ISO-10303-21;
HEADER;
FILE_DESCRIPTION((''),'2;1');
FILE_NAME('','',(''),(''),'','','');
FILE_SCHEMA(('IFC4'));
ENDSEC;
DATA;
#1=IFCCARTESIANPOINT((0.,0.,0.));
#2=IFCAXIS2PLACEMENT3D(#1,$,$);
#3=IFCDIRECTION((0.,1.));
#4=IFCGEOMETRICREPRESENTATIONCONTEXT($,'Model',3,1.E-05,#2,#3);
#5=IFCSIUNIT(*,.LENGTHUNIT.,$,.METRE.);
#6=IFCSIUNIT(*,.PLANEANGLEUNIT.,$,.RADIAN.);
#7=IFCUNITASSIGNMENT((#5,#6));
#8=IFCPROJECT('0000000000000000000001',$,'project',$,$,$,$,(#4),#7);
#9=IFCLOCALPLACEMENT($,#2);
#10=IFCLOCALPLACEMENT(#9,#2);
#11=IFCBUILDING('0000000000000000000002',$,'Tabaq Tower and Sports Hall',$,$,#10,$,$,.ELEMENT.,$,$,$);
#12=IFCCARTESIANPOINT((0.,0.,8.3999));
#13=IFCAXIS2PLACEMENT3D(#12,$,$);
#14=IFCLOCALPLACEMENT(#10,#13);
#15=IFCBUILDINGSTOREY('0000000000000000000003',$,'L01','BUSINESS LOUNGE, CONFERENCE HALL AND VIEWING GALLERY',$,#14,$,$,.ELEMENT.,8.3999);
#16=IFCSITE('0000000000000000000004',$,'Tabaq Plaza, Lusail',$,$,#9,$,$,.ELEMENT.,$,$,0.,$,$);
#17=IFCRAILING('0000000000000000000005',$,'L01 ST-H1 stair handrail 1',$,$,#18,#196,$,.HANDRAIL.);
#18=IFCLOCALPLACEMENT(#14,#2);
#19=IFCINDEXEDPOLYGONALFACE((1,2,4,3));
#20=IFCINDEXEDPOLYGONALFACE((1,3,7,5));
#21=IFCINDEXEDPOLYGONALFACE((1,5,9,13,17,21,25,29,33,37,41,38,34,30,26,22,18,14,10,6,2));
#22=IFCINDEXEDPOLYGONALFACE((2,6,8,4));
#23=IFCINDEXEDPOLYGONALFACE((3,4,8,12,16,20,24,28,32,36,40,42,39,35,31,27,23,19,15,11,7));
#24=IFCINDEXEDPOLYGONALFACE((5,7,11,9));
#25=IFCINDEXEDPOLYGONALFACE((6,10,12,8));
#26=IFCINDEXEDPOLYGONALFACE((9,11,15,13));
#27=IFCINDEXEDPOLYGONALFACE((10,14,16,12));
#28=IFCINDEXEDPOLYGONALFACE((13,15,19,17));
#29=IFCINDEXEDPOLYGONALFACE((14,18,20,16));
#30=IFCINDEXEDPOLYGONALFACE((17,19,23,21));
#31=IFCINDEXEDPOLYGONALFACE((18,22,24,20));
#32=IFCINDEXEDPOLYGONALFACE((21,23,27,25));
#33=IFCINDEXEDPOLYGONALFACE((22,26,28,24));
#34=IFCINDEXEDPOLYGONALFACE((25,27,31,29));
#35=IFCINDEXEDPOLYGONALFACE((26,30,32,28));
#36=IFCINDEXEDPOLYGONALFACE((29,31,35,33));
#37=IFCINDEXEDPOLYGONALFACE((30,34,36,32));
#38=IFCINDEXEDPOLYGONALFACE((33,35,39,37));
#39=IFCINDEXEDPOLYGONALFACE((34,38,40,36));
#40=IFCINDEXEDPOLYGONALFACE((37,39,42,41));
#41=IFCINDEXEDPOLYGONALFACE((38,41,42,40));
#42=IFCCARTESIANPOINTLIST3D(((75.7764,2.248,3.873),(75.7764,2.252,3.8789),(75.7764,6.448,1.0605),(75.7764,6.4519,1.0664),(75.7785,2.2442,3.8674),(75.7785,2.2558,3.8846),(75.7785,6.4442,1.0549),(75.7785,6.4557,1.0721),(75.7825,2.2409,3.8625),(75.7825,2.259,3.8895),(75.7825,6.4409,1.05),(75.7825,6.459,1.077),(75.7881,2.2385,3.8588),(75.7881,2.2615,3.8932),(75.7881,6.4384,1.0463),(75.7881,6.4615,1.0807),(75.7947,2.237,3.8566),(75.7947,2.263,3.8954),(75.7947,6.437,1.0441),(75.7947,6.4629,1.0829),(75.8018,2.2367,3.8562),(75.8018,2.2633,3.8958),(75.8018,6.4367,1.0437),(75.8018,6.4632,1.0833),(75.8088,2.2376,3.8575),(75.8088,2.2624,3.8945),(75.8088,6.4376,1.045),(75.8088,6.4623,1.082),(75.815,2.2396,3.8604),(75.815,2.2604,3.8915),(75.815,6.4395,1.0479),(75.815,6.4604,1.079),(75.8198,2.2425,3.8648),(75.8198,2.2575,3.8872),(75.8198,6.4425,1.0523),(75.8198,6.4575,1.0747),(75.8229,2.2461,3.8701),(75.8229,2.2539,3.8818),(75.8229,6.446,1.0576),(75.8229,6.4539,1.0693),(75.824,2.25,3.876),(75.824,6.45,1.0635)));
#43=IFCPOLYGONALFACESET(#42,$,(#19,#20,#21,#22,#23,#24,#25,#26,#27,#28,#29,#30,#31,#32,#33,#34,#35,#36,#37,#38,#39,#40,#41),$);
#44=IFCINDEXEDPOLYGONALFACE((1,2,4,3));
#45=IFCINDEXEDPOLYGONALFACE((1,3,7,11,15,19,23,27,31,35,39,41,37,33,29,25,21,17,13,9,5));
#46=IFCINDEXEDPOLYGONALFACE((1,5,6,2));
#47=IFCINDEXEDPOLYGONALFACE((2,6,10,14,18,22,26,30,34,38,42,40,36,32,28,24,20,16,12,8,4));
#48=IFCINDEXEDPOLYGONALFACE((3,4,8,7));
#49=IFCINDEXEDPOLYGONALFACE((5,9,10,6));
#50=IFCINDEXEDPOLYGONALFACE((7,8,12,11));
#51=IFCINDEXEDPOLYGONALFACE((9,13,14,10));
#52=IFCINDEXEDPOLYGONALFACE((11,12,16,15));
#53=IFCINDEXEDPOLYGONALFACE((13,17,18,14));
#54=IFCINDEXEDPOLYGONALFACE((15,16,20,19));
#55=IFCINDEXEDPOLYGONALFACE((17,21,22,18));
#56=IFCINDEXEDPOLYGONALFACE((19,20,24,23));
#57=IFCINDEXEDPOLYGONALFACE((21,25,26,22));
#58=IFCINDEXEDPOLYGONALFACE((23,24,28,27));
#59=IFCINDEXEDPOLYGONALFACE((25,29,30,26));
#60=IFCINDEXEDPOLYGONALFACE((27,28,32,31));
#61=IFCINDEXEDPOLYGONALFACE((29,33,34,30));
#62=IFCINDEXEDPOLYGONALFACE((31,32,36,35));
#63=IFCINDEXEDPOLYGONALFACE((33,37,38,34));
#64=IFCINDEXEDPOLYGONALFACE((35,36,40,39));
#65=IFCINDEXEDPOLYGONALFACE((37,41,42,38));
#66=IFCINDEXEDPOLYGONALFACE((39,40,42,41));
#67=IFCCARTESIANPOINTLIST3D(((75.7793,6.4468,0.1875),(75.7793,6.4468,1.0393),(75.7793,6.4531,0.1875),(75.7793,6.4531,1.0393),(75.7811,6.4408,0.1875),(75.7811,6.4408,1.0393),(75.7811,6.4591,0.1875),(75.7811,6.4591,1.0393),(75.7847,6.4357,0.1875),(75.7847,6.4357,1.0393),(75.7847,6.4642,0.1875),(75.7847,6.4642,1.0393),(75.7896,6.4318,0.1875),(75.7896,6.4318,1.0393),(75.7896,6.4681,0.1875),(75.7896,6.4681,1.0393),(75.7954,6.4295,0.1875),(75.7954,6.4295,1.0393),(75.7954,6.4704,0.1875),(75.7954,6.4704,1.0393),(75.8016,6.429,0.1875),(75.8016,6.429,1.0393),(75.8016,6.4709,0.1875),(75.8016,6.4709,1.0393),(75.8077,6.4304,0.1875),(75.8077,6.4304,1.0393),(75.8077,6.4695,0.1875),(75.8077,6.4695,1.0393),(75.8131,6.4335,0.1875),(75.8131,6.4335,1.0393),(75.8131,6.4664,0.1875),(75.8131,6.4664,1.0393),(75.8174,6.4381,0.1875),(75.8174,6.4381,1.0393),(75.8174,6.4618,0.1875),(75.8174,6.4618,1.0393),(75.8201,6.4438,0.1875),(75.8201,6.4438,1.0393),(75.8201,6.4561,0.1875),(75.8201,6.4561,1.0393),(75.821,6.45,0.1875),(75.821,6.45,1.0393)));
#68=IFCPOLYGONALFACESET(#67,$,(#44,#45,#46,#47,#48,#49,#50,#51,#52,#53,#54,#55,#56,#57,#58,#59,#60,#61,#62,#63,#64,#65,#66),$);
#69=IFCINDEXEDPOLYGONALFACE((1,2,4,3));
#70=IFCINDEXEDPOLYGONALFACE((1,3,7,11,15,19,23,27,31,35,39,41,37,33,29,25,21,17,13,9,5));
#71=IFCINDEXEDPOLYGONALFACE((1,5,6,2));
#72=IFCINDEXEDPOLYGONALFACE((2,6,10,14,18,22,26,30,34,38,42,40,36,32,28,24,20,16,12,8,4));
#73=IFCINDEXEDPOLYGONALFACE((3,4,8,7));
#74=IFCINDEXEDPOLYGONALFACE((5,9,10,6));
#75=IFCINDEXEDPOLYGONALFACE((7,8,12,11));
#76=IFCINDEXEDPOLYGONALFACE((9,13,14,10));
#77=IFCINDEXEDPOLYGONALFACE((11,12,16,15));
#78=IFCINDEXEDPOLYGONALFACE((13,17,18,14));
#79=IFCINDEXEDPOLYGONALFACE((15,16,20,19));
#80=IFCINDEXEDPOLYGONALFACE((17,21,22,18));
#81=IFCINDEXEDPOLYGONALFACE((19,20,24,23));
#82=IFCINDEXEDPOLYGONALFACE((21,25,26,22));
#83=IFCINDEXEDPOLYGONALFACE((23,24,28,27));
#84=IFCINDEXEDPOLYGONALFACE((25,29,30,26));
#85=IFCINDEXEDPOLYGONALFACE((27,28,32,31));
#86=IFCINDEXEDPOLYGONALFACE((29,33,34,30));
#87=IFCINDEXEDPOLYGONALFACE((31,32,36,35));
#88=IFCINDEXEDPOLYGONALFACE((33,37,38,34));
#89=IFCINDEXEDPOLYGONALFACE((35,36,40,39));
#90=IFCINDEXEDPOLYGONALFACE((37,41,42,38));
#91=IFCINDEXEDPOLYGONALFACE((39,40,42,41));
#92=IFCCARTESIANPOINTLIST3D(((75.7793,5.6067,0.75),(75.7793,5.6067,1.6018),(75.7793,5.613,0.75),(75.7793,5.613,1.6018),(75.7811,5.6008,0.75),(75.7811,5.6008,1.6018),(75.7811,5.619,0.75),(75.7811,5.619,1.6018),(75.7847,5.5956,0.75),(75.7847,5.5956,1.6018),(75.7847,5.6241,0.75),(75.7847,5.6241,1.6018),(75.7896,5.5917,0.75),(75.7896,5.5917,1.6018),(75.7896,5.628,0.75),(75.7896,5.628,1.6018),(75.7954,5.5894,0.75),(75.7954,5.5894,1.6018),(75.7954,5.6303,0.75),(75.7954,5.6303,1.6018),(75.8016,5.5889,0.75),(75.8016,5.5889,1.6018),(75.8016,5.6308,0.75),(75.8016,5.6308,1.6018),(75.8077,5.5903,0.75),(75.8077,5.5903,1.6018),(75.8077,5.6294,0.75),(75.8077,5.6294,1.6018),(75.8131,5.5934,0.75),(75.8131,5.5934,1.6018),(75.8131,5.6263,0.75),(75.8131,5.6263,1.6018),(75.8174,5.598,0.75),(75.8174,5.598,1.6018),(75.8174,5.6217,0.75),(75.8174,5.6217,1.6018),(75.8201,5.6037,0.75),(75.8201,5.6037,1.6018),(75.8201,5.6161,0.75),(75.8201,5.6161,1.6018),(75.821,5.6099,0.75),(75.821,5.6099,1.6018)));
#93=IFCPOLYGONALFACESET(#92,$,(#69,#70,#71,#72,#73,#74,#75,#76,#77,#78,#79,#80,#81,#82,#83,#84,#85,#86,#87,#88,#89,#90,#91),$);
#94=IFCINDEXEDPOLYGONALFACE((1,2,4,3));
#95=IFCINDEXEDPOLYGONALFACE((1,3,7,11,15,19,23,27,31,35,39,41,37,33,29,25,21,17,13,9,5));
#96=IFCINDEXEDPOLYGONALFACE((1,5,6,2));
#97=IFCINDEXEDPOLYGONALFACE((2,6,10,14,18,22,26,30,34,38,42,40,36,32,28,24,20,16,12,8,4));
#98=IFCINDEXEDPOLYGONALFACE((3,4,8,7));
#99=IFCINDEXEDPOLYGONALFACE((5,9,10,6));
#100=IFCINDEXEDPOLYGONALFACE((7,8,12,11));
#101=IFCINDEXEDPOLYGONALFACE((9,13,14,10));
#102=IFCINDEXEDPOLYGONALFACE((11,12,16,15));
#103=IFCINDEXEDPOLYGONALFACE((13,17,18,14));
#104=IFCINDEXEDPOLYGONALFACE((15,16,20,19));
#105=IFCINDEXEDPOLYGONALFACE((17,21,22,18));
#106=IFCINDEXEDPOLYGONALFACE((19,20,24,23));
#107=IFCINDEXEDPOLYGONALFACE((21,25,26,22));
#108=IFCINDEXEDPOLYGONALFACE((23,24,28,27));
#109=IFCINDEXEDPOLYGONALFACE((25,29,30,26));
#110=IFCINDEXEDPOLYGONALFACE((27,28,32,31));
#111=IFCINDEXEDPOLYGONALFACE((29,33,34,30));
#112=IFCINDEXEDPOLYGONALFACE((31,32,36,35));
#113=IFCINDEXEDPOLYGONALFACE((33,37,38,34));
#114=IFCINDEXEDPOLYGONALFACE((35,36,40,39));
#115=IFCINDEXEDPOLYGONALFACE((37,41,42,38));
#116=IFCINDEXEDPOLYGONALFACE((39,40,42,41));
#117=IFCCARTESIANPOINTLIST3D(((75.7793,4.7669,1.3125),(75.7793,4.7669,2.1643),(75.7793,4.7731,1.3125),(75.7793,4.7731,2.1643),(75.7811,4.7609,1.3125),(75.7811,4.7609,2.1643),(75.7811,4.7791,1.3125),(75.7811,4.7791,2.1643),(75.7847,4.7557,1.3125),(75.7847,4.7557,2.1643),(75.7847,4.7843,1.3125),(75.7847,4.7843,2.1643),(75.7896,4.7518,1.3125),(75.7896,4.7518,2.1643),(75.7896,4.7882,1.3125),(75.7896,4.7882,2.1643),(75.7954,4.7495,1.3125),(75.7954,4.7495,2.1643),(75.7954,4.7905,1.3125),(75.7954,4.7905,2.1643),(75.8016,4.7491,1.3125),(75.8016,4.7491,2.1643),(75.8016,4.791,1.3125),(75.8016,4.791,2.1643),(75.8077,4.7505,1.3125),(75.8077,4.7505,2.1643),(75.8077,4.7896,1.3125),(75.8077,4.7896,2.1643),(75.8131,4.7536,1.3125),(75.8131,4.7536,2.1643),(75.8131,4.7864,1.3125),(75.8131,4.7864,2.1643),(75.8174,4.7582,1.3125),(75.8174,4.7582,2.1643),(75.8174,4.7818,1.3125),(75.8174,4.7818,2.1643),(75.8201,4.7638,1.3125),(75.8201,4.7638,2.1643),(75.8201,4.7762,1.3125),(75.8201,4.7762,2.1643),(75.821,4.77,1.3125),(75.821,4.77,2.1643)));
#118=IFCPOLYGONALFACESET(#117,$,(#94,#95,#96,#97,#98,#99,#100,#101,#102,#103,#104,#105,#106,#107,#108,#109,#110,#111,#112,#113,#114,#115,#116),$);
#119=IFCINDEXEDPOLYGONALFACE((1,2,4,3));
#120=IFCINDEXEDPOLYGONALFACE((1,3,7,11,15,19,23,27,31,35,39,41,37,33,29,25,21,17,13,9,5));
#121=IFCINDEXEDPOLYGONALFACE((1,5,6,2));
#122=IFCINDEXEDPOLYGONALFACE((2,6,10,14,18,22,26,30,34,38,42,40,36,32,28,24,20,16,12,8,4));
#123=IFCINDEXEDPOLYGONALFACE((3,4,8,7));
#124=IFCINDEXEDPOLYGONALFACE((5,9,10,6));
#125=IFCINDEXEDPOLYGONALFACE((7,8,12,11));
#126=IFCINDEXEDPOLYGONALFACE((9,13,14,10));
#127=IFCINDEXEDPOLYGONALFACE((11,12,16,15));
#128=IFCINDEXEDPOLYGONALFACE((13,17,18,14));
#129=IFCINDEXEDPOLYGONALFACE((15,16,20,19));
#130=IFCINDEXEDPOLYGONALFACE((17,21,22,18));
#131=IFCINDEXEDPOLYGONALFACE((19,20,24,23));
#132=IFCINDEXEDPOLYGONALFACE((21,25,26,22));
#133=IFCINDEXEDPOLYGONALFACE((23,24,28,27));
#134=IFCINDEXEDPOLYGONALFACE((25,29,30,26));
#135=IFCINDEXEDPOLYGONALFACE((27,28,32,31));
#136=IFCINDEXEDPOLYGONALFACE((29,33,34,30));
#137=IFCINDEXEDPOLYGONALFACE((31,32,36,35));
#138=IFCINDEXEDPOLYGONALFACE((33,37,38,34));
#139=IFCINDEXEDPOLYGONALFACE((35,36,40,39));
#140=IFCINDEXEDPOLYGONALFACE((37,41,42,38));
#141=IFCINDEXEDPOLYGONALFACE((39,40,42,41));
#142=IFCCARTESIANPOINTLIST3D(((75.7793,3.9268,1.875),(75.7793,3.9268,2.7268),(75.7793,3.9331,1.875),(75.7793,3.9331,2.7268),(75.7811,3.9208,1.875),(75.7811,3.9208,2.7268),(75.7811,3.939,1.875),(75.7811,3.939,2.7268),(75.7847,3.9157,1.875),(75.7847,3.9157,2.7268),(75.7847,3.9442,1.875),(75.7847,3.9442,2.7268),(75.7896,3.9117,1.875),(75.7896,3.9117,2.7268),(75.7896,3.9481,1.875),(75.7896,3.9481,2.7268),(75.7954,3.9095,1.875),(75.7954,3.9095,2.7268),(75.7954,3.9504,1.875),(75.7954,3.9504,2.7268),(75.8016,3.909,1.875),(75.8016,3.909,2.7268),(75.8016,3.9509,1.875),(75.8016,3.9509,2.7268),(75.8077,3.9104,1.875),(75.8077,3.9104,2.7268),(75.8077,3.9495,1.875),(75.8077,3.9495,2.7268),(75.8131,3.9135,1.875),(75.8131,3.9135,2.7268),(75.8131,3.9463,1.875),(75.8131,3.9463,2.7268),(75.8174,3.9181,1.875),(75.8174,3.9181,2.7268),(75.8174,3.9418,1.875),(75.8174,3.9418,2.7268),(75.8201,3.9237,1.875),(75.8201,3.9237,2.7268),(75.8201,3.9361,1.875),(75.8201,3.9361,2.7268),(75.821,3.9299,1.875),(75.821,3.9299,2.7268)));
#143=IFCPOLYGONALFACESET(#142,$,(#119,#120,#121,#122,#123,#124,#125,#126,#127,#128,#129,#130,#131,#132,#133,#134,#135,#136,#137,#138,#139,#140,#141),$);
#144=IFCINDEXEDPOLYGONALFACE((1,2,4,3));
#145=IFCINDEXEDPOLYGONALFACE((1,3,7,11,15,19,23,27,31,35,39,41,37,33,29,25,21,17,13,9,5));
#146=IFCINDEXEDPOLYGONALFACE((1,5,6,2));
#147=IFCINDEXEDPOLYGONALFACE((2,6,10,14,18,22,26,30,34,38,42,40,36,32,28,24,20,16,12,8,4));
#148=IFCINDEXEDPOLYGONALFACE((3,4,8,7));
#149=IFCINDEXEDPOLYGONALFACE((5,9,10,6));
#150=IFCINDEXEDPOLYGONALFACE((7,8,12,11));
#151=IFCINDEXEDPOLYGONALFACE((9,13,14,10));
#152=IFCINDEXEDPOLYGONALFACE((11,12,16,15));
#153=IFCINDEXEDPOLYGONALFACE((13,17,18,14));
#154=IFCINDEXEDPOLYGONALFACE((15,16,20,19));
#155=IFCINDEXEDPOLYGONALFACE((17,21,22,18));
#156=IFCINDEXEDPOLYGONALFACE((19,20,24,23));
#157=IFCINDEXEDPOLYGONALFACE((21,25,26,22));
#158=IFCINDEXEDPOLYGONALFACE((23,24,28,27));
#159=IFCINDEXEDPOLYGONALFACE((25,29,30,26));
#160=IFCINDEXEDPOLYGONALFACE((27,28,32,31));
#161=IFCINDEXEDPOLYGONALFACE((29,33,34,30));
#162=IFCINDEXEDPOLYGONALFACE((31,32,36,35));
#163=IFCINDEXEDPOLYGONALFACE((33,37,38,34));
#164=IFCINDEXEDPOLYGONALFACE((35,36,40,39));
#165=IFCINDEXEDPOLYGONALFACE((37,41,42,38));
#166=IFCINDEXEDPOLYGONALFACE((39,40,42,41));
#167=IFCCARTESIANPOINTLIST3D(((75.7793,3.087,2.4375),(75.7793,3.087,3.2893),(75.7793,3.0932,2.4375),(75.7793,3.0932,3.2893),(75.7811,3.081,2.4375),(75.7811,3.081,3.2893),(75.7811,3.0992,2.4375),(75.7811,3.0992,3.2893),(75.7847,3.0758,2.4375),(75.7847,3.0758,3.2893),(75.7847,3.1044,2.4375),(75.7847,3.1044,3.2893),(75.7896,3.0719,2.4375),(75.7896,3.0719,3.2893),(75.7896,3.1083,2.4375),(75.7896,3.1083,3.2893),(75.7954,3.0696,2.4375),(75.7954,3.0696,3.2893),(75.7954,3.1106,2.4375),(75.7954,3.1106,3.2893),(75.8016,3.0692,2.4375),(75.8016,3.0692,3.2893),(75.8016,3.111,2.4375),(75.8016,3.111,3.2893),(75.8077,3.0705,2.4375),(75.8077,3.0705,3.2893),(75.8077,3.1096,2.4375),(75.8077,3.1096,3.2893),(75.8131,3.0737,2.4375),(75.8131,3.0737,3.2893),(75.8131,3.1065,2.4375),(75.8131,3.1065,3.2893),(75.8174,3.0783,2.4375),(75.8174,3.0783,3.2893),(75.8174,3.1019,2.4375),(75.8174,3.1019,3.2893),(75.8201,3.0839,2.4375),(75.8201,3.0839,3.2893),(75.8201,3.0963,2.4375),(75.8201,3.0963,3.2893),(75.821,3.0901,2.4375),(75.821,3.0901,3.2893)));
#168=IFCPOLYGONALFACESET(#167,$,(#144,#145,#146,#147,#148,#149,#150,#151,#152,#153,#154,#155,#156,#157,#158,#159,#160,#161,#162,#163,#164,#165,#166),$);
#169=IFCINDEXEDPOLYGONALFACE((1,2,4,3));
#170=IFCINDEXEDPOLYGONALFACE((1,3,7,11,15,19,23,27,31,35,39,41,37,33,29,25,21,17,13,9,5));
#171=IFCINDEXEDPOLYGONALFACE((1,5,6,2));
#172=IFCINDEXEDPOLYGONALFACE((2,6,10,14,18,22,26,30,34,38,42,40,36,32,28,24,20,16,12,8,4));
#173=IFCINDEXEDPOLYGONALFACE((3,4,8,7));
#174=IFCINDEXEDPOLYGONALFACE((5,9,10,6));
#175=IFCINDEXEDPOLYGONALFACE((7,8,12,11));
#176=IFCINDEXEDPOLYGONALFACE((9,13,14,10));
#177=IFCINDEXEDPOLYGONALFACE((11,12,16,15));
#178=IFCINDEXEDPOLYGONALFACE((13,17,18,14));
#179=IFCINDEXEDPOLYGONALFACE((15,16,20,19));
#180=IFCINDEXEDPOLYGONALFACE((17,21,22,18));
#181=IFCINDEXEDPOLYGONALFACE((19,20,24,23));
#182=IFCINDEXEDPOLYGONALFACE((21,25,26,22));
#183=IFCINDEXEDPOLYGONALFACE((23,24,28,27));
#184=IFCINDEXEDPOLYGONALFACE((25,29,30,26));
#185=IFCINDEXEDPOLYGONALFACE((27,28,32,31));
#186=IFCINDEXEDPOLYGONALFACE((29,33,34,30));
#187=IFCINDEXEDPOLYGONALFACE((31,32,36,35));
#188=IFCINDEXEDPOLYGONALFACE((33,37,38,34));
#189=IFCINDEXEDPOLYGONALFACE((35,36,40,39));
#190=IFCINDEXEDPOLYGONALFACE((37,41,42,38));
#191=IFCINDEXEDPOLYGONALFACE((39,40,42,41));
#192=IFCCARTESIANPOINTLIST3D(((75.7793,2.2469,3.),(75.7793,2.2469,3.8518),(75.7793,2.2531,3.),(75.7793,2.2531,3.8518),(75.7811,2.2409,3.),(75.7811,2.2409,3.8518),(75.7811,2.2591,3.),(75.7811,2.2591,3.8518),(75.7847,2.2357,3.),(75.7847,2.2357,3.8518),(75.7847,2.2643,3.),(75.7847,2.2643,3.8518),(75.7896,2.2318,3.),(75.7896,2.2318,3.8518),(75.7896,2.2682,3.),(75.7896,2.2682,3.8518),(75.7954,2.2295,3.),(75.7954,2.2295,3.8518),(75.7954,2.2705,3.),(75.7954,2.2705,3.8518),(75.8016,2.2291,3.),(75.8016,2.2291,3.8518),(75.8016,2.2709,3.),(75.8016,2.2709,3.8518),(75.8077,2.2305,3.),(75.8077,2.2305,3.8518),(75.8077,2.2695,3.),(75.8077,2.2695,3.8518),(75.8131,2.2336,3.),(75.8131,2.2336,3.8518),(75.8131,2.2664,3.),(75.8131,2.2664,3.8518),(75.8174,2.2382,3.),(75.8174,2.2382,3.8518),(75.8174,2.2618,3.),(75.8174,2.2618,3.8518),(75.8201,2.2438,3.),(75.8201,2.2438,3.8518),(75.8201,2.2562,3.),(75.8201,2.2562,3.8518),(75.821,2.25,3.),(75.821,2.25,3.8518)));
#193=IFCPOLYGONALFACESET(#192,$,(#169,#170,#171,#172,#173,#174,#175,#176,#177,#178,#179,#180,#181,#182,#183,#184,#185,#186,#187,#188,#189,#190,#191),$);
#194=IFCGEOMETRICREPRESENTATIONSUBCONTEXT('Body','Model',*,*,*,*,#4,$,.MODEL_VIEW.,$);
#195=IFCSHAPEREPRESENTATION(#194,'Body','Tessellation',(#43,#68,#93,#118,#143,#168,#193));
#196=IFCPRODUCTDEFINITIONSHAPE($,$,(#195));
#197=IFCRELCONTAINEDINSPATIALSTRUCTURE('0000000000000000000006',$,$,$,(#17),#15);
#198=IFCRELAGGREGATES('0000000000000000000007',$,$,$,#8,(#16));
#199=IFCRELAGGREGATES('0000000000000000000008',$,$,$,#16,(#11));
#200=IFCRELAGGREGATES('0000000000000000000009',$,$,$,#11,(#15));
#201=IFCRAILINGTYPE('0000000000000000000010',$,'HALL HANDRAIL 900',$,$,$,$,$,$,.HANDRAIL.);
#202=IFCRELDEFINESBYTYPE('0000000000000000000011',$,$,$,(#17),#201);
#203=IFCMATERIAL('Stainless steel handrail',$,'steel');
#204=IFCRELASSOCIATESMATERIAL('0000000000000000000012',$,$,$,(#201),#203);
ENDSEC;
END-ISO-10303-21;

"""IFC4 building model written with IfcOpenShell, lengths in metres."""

from ifc_helpers import new_model, si_unit, direction, frame, origin, origin_2d, place, context, subcontext, project, spatial, circle, extrude, material, type_object, element, save


model = new_model("IFC4")

# Units and contexts
model_context = context("Model", 3, precision=1e-05, world=origin(), true_north=direction((0.0, 1.0)))
body_context = subcontext(model_context, "Body", "Model", "MODEL_VIEW")
ifc_project = project(units=[si_unit("LENGTHUNIT", "METRE"), si_unit("PLANEANGLEUNIT", "RADIAN")], contexts=[model_context])

# Site, building, storey
site_placement = place(None, origin())
site = spatial("IfcSite", under=ifc_project, at=site_placement, Name="Tabaq Plaza, Lusail", CompositionType="ELEMENT", RefElevation=0.0)
building_placement = place(site_placement, origin())
building = spatial("IfcBuilding", under=site, at=building_placement, Name="Tabaq Tower and Sports Hall", CompositionType="ELEMENT")
storey_placement = place(building_placement, frame((0.0, 0.0, 8.3999)))
storey = spatial("IfcBuildingStorey", under=building, at=storey_placement, Name="L01", Description="BUSINESS LOUNGE, CONFERENCE HALL AND VIEWING GALLERY", CompositionType="ELEMENT", Elevation=8.3999)

# Railing
ifc_material_1 = material(Name="Stainless steel handrail", Category="steel")
railing_type_1 = type_object("IfcRailingType", Name="HALL HANDRAIL 900", PredefinedType="HANDRAIL", material=ifc_material_1)
railing_1_placement = place(storey_placement, frame((75.8, 6.45, 0.1875)))
element("IfcRailing", 1, at=railing_1_placement, inside=storey, type_object=railing_type_1, Name="L01 ST-H1 stair handrail 1", PredefinedType="HANDRAIL", context=body_context, shape_type="SweptSolid", body=[
    extrude(circle(Radius=0.0239, at=origin_2d()), frame((0.0, 0.0, 0.876), z_axis=(0.0, -0.830904, 0.556416), x_axis=(1.0, 0.0, 0.0)), (0.0, 0.0, 1.0), 5.0547),
    extrude(circle(Radius=0.021, at=origin_2d()), origin(), (0.0, 0.0, 1.0), 0.8518),
    extrude(circle(Radius=0.021, at=origin_2d()), frame((0.0, -0.8401, 0.5625)), (0.0, 0.0, 1.0), 0.8518),
    extrude(circle(Radius=0.021, at=origin_2d()), frame((0.0, -1.6799, 1.125)), (0.0, 0.0, 1.0), 0.8518),
    extrude(circle(Radius=0.021, at=origin_2d()), frame((0.0, -2.52, 1.6875)), (0.0, 0.0, 1.0), 0.8518),
    extrude(circle(Radius=0.021, at=origin_2d()), frame((0.0, -3.3599, 2.25)), (0.0, 0.0, 1.0), 0.8518),
    extrude(circle(Radius=0.021, at=origin_2d()), frame((0.0, -4.2, 2.8125)), (0.0, 0.0, 1.0), 0.8518),
])

save(model, "model.ifc")
